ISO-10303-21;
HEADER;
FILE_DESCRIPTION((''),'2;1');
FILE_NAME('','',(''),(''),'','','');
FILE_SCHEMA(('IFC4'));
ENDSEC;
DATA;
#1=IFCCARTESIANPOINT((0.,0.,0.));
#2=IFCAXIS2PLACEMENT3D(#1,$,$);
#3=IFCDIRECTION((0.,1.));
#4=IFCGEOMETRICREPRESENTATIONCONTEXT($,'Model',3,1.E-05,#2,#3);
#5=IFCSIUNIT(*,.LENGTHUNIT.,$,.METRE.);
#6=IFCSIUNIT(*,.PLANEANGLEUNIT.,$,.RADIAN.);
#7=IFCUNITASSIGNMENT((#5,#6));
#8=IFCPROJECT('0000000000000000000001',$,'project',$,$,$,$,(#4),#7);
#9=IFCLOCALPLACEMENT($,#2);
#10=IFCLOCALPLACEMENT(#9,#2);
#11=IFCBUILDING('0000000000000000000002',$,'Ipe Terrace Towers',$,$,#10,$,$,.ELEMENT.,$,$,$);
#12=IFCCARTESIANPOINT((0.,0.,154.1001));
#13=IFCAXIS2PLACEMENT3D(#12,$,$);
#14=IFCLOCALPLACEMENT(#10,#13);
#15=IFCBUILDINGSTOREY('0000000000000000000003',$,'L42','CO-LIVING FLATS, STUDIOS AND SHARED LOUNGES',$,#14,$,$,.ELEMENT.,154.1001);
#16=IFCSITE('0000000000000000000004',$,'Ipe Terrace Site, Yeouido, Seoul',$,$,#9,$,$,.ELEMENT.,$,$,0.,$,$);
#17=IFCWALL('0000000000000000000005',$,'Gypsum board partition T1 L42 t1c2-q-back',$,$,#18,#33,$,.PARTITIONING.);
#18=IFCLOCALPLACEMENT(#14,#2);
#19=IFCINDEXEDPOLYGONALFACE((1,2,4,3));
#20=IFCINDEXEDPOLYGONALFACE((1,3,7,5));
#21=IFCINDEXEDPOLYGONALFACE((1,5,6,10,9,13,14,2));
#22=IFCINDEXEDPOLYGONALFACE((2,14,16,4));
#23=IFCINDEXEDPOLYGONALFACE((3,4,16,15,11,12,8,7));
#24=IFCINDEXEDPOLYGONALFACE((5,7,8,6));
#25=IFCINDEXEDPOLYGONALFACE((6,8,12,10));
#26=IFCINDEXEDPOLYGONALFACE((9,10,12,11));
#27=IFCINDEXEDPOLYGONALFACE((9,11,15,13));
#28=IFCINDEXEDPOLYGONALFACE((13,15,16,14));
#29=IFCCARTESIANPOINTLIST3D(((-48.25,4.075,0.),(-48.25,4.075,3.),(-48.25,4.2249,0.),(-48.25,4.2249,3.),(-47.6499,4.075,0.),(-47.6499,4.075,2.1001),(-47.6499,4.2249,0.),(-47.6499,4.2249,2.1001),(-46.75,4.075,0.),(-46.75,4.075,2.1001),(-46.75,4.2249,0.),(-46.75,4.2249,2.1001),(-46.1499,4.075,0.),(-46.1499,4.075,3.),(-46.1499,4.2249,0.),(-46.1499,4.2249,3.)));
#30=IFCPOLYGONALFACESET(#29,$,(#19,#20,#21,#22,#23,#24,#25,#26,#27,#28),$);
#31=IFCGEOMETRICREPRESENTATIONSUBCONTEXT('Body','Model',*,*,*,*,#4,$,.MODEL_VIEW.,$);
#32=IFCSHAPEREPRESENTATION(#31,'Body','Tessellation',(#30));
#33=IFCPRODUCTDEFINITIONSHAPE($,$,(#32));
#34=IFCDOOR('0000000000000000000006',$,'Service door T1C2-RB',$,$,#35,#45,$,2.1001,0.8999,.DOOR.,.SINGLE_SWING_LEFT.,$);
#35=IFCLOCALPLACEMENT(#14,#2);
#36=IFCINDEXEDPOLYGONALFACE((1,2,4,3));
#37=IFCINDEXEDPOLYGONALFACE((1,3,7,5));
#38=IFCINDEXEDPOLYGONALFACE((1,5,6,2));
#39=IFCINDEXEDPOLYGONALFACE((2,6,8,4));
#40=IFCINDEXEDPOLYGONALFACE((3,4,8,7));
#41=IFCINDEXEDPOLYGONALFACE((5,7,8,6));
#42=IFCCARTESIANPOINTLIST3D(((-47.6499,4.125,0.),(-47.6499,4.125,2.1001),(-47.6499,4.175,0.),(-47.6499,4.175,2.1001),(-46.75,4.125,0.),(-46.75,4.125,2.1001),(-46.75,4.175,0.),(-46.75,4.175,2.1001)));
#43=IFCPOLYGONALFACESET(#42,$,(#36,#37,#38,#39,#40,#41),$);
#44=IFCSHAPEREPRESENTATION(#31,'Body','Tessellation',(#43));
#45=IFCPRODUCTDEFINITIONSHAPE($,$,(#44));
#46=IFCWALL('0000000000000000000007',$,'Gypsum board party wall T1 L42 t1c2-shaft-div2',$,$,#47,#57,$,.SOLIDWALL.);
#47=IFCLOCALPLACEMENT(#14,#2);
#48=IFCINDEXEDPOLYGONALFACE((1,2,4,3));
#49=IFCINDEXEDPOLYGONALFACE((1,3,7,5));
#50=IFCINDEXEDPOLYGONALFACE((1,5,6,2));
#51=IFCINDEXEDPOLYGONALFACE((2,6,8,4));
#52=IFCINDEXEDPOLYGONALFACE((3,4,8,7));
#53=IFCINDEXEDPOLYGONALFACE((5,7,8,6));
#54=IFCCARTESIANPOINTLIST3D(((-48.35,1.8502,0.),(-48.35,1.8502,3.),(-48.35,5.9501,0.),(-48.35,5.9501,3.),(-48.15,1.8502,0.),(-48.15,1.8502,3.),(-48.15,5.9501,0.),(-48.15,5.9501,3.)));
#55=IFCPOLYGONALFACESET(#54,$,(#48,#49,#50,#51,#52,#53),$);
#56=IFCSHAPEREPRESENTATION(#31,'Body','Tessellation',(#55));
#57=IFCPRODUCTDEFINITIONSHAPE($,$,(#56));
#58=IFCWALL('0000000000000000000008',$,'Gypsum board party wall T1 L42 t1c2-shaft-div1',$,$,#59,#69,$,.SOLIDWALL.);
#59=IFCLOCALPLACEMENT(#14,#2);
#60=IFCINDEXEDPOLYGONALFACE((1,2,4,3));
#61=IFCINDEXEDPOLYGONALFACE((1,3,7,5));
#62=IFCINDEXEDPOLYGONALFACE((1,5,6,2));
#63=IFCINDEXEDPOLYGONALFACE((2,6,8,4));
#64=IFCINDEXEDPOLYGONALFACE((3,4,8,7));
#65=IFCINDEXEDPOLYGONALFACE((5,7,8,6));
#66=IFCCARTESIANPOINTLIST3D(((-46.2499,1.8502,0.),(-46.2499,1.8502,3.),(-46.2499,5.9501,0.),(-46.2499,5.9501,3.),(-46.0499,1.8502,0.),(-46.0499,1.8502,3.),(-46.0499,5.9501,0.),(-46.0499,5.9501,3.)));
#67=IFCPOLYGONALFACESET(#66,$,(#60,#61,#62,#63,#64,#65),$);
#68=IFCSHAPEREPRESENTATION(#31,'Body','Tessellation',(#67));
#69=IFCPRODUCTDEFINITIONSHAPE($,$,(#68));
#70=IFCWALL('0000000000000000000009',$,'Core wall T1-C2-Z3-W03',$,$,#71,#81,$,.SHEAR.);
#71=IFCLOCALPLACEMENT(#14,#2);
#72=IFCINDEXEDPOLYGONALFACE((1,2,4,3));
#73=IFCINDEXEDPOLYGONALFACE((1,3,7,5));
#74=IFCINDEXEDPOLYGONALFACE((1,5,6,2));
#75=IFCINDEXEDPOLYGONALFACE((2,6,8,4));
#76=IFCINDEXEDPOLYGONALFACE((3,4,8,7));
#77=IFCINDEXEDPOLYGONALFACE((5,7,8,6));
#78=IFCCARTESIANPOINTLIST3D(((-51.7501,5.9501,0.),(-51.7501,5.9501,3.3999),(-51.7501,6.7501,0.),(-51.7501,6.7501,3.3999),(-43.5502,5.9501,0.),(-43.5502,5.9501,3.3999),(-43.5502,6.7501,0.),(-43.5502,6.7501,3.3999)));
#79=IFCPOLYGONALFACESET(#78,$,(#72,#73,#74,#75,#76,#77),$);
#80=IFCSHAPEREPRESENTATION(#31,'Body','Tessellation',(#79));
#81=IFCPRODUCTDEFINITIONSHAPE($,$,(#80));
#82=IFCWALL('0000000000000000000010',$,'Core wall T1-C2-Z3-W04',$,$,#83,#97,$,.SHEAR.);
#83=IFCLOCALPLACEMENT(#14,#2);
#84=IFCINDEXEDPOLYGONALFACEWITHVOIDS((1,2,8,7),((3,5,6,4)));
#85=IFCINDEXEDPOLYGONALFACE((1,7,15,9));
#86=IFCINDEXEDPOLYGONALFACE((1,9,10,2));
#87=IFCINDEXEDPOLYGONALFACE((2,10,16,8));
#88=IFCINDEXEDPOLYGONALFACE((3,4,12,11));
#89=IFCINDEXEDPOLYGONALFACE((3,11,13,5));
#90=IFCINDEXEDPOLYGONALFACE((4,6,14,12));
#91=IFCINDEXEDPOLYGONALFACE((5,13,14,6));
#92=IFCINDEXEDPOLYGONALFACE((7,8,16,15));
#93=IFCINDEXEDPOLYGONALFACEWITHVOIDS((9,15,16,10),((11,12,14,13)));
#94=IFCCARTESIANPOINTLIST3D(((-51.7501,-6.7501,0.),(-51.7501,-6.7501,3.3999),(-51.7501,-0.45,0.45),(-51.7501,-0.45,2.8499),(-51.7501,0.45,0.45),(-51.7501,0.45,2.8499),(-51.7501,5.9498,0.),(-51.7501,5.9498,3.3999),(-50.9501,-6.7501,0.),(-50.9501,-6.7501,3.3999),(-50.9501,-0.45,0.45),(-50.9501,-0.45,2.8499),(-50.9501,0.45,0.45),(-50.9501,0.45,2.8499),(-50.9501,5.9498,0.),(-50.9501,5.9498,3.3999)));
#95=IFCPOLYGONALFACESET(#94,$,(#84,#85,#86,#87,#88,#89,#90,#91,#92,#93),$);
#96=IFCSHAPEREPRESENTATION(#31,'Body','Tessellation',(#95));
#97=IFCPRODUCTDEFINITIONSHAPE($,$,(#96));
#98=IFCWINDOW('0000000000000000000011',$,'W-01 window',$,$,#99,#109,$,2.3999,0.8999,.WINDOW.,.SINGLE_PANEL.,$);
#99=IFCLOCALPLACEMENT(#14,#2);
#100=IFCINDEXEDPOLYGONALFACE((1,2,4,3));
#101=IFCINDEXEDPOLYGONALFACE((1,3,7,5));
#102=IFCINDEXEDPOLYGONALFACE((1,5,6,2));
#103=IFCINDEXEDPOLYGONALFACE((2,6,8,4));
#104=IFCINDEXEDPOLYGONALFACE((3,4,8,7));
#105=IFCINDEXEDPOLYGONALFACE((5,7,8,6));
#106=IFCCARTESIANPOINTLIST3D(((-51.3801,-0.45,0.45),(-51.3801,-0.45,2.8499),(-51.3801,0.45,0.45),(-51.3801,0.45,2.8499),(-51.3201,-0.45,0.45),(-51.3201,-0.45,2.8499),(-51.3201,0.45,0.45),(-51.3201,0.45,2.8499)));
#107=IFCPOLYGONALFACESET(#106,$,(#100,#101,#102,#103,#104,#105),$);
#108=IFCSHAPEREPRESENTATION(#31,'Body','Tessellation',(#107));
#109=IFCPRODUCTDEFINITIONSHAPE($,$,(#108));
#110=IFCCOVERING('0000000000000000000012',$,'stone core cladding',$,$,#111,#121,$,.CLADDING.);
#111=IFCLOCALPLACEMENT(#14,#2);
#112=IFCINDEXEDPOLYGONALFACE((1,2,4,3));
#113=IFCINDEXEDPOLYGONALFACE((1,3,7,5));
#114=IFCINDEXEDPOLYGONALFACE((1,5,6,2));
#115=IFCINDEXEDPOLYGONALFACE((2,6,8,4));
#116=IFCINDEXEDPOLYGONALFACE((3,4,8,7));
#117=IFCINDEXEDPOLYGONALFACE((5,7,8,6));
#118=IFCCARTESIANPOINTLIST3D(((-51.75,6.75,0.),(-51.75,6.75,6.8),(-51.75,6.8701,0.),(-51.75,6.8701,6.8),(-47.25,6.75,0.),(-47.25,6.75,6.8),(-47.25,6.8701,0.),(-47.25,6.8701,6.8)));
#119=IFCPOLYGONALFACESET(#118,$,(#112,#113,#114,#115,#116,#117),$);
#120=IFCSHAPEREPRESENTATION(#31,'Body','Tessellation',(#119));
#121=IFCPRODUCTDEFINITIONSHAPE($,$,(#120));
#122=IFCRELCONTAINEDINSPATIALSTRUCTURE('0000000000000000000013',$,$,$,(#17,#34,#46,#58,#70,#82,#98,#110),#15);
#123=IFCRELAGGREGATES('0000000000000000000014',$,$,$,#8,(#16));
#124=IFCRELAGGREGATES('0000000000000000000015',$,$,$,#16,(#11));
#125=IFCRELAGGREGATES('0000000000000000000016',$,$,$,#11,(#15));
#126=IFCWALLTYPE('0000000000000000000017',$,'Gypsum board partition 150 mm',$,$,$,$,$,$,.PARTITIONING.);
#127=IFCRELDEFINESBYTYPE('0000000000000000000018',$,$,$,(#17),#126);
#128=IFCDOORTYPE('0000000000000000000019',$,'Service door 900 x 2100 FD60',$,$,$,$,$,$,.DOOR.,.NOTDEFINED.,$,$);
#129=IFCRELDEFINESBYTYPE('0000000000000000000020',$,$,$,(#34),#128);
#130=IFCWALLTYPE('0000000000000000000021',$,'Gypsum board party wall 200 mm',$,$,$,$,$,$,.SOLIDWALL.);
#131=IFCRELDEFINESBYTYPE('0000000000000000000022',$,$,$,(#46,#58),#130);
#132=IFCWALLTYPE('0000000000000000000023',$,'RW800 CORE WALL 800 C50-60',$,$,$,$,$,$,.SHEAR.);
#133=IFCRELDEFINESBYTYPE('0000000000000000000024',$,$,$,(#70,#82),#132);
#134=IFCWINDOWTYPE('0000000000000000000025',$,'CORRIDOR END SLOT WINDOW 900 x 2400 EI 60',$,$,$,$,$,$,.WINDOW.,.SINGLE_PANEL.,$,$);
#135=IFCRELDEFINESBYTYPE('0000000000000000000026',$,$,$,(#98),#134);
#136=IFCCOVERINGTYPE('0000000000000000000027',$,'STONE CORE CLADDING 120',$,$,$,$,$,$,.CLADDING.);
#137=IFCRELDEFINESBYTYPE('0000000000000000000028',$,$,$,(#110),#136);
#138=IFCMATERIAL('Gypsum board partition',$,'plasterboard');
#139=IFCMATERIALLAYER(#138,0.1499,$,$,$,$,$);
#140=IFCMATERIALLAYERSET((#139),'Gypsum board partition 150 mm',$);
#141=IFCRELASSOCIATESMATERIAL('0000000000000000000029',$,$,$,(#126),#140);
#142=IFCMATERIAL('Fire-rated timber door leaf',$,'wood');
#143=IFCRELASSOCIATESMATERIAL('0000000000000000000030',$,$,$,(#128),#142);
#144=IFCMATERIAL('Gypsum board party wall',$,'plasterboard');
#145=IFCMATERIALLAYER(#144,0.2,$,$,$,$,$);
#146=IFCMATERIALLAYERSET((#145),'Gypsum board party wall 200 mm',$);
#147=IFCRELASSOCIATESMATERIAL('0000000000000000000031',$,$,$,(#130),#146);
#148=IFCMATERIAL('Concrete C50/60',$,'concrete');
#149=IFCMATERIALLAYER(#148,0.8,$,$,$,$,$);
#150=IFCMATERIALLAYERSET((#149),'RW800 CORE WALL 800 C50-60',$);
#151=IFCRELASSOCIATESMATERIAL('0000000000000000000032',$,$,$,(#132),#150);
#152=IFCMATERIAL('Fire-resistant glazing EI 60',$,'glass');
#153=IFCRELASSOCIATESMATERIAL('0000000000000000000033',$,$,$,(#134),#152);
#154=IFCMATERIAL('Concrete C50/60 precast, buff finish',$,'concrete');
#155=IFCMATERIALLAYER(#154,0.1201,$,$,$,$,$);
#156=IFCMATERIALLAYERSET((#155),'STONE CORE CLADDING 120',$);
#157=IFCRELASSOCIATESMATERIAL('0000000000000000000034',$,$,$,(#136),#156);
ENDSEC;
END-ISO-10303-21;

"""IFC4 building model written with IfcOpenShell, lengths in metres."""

from ifc_helpers import new_model, si_unit, direction, frame, frame_2d, origin, origin_2d, place, context, subcontext, project, spatial, rectangle, extrude, material, layer, layer_set, type_object, element, fill, save


model = new_model("IFC4")

# Units and contexts
model_context = context("Model", 3, precision=1e-05, world=origin(), true_north=direction((0.0, 1.0)))
body_context = subcontext(model_context, "Body", "Model", "MODEL_VIEW")
ifc_project = project(units=[si_unit("LENGTHUNIT", "METRE"), si_unit("PLANEANGLEUNIT", "RADIAN")], contexts=[model_context])

# Site, building, storey
site_placement = place(None, origin())
site = spatial("IfcSite", under=ifc_project, at=site_placement, Name="Ipe Terrace Site, Yeouido, Seoul", CompositionType="ELEMENT", RefElevation=0.0)
building_placement = place(site_placement, origin())
building = spatial("IfcBuilding", under=site, at=building_placement, Name="Ipe Terrace Towers", CompositionType="ELEMENT")
storey_placement = place(building_placement, frame((0.0, 0.0, 154.1001)))
storey = spatial("IfcBuildingStorey", under=building, at=storey_placement, Name="L42", Description="CO-LIVING FLATS, STUDIOS AND SHARED LOUNGES", CompositionType="ELEMENT", Elevation=154.1001)

# Wall, opening, door
ifc_material_1 = material(Name="Gypsum board partition", Category="plasterboard")
ifc_layer_1 = layer(ifc_material_1, 0.1499)
ifc_layer_set_1 = layer_set([ifc_layer_1], Name="Gypsum board partition 150 mm")
wall_type_1 = type_object("IfcWallType", Name="Gypsum board partition 150 mm", PredefinedType="PARTITIONING", material=ifc_layer_set_1)
wall_1_placement = place(storey_placement, frame((-46.1499, 4.1499, 0.0), z_axis=(0.0, 0.0, 1.0), x_axis=(-1.0, 0.0, 0.0)))
wall_1 = element("IfcWall", 1, at=wall_1_placement, inside=storey, type_object=wall_type_1, Name="Gypsum board partition T1 L42 t1c2-q-back", PredefinedType="PARTITIONING", context=body_context, shape_type="SweptSolid", body=[
    extrude(rectangle(XDim=2.1001, YDim=0.1499, at=frame_2d((1.05, 0.0))), origin(), (0.0, 0.0, 1.0), 3.0),
])
opening_1_placement = place(wall_1_placement, frame((0.6001, 0.0, 0.0)))
opening_1 = element("IfcOpeningElement", 2, at=opening_1_placement, cuts=wall_1, PredefinedType="OPENING", context=body_context, shape_type="SweptSolid", body=[
    extrude(rectangle(XDim=0.8999, YDim=2.1001, at=frame_2d((0.45, 1.05))), frame((0.0, 0.085, 0.0), z_axis=(0.0, -1.0, 0.0), x_axis=(1.0, 0.0, 0.0)), (0.0, 0.0, 1.0), 0.1699),
])
ifc_material_2 = material(Name="Fire-rated timber door leaf", Category="wood")
door_type_1 = type_object("IfcDoorType", Name="Service door 900 x 2100 FD60", OperationType="NOTDEFINED", PredefinedType="DOOR", material=ifc_material_2)
door_1_placement = place(opening_1_placement, origin())
door_1 = element("IfcDoor", 3, at=door_1_placement, inside=storey, type_object=door_type_1, Name="Service door T1C2-RB", OperationType="SINGLE_SWING_LEFT", OverallHeight=2.1001, OverallWidth=0.8999, PredefinedType="DOOR", context=body_context, shape_type="SweptSolid", body=[
    extrude(rectangle(XDim=0.8999, YDim=2.1001, at=frame_2d((0.45, 1.05))), frame((0.0, 0.0249, 0.0), z_axis=(0.0, -1.0, 0.0), x_axis=(1.0, 0.0, 0.0)), (0.0, 0.0, 1.0), 0.05),
])
fill(opening_1, door_1)

# Walls
ifc_material_3 = material(Name="Gypsum board party wall", Category="plasterboard")
ifc_layer_2 = layer(ifc_material_3, 0.2)
ifc_layer_set_2 = layer_set([ifc_layer_2], Name="Gypsum board party wall 200 mm")
wall_type_2 = type_object("IfcWallType", Name="Gypsum board party wall 200 mm", PredefinedType="SOLIDWALL", material=ifc_layer_set_2)
for number, where, z_axis, x_axis, name in (
    (4, (-48.25, 5.95, 0.0), (0.0, 0.0, 1.0), (0.0, -1.0, 0.0), "Gypsum board party wall T1 L42 t1c2-shaft-div2"),
    (5, (-46.1499, 5.95, 0.0), (0.0, 0.0, 1.0), (0.0, -1.0, 0.0), "Gypsum board party wall T1 L42 t1c2-shaft-div1"),
):
    element("IfcWall", number, at=place(storey_placement, frame(where, z_axis=z_axis, x_axis=x_axis)), inside=storey, type_object=wall_type_2, Name=name, PredefinedType="SOLIDWALL", context=body_context, shape_type="SweptSolid", body=[
        extrude(rectangle(XDim=4.0999, YDim=0.2, at=frame_2d((2.0498, 0.0))), origin(), (0.0, 0.0, 1.0), 3.0),
    ])
ifc_material_4 = material(Name="Concrete C50/60", Category="concrete")
ifc_layer_3 = layer(ifc_material_4, 0.8)
ifc_layer_set_3 = layer_set([ifc_layer_3], Name="RW800 CORE WALL 800 C50-60")
wall_type_3 = type_object("IfcWallType", Name="RW800 CORE WALL 800 C50-60", PredefinedType="SHEAR", material=ifc_layer_set_3)
wall_2_placement = place(storey_placement, frame((-43.55, 6.3501, 0.0), z_axis=(0.0, 0.0, 1.0), x_axis=(-1.0, 0.0, 0.0)))
element("IfcWall", 6, at=wall_2_placement, inside=storey, type_object=wall_type_3, Name="Core wall T1-C2-Z3-W03", PredefinedType="SHEAR", context=body_context, shape_type="SweptSolid", body=[
    extrude(rectangle(XDim=8.2, YDim=0.8, at=frame_2d((4.1001, 0.0))), origin(), (0.0, 0.0, 1.0), 3.3999),
])

# Wall, opening, window
wall_3_placement = place(storey_placement, frame((-51.3501, 5.95, 0.0), z_axis=(0.0, 0.0, 1.0), x_axis=(0.0, -1.0, 0.0)))
wall_3 = element("IfcWall", 7, at=wall_3_placement, inside=storey, type_object=wall_type_3, Name="Core wall T1-C2-Z3-W04", PredefinedType="SHEAR", context=body_context, shape_type="SweptSolid", body=[
    extrude(rectangle(XDim=12.7, YDim=0.8, at=frame_2d((6.3501, 0.0))), origin(), (0.0, 0.0, 1.0), 3.3999),
])
opening_2_placement = place(wall_3_placement, frame((5.5, 0.0, 0.45)))
opening_2 = element("IfcOpeningElement", 8, at=opening_2_placement, cuts=wall_3, PredefinedType="OPENING", context=body_context, shape_type="SweptSolid", body=[
    extrude(rectangle(XDim=0.8999, YDim=2.3999, at=frame_2d((0.45, 1.2))), frame((0.0, 0.4102, 0.0), z_axis=(0.0, -1.0, 0.0), x_axis=(1.0, 0.0, 0.0)), (0.0, 0.0, 1.0), 0.8201),
])
ifc_material_5 = material(Name="Fire-resistant glazing EI 60", Category="glass")
window_type = type_object("IfcWindowType", Name="CORRIDOR END SLOT WINDOW 900 x 2400 EI 60", PartitioningType="SINGLE_PANEL", PredefinedType="WINDOW", material=ifc_material_5)
window_placement = place(opening_2_placement, origin())
window = element("IfcWindow", 9, at=window_placement, inside=storey, type_object=window_type, Name="W-01 window", OverallHeight=2.3999, OverallWidth=0.8999, PartitioningType="SINGLE_PANEL", PredefinedType="WINDOW", context=body_context, shape_type="SweptSolid", body=[
    extrude(rectangle(XDim=0.8999, YDim=2.3999, at=frame_2d((0.45, 1.2))), frame((0.0, 0.03, 0.0), z_axis=(0.0, -1.0, 0.0), x_axis=(1.0, 0.0, 0.0)), (0.0, 0.0, 1.0), 0.0601),
])
fill(opening_2, window)

# Covering
ifc_material_6 = material(Name="Concrete C50/60 precast, buff finish", Category="concrete")
ifc_layer_4 = layer(ifc_material_6, 0.1201)
ifc_layer_set_4 = layer_set([ifc_layer_4], Name="STONE CORE CLADDING 120")
covering_type = type_object("IfcCoveringType", Name="STONE CORE CLADDING 120", PredefinedType="CLADDING", material=ifc_layer_set_4)
covering_placement = place(storey_placement, frame((-49.5, 6.8101, 0.0), z_axis=(0.0, 0.0, 1.0), x_axis=(-1.0, 0.0, 0.0)))
element("IfcCovering", 10, at=covering_placement, inside=storey, type_object=covering_type, Name="stone core cladding", PredefinedType="CLADDING", context=body_context, shape_type="SweptSolid", body=[
    extrude(rectangle(XDim=4.5, YDim=0.1201, at=origin_2d()), origin(), (0.0, 0.0, 1.0), 6.8),
])

save(model, "model.ifc")
